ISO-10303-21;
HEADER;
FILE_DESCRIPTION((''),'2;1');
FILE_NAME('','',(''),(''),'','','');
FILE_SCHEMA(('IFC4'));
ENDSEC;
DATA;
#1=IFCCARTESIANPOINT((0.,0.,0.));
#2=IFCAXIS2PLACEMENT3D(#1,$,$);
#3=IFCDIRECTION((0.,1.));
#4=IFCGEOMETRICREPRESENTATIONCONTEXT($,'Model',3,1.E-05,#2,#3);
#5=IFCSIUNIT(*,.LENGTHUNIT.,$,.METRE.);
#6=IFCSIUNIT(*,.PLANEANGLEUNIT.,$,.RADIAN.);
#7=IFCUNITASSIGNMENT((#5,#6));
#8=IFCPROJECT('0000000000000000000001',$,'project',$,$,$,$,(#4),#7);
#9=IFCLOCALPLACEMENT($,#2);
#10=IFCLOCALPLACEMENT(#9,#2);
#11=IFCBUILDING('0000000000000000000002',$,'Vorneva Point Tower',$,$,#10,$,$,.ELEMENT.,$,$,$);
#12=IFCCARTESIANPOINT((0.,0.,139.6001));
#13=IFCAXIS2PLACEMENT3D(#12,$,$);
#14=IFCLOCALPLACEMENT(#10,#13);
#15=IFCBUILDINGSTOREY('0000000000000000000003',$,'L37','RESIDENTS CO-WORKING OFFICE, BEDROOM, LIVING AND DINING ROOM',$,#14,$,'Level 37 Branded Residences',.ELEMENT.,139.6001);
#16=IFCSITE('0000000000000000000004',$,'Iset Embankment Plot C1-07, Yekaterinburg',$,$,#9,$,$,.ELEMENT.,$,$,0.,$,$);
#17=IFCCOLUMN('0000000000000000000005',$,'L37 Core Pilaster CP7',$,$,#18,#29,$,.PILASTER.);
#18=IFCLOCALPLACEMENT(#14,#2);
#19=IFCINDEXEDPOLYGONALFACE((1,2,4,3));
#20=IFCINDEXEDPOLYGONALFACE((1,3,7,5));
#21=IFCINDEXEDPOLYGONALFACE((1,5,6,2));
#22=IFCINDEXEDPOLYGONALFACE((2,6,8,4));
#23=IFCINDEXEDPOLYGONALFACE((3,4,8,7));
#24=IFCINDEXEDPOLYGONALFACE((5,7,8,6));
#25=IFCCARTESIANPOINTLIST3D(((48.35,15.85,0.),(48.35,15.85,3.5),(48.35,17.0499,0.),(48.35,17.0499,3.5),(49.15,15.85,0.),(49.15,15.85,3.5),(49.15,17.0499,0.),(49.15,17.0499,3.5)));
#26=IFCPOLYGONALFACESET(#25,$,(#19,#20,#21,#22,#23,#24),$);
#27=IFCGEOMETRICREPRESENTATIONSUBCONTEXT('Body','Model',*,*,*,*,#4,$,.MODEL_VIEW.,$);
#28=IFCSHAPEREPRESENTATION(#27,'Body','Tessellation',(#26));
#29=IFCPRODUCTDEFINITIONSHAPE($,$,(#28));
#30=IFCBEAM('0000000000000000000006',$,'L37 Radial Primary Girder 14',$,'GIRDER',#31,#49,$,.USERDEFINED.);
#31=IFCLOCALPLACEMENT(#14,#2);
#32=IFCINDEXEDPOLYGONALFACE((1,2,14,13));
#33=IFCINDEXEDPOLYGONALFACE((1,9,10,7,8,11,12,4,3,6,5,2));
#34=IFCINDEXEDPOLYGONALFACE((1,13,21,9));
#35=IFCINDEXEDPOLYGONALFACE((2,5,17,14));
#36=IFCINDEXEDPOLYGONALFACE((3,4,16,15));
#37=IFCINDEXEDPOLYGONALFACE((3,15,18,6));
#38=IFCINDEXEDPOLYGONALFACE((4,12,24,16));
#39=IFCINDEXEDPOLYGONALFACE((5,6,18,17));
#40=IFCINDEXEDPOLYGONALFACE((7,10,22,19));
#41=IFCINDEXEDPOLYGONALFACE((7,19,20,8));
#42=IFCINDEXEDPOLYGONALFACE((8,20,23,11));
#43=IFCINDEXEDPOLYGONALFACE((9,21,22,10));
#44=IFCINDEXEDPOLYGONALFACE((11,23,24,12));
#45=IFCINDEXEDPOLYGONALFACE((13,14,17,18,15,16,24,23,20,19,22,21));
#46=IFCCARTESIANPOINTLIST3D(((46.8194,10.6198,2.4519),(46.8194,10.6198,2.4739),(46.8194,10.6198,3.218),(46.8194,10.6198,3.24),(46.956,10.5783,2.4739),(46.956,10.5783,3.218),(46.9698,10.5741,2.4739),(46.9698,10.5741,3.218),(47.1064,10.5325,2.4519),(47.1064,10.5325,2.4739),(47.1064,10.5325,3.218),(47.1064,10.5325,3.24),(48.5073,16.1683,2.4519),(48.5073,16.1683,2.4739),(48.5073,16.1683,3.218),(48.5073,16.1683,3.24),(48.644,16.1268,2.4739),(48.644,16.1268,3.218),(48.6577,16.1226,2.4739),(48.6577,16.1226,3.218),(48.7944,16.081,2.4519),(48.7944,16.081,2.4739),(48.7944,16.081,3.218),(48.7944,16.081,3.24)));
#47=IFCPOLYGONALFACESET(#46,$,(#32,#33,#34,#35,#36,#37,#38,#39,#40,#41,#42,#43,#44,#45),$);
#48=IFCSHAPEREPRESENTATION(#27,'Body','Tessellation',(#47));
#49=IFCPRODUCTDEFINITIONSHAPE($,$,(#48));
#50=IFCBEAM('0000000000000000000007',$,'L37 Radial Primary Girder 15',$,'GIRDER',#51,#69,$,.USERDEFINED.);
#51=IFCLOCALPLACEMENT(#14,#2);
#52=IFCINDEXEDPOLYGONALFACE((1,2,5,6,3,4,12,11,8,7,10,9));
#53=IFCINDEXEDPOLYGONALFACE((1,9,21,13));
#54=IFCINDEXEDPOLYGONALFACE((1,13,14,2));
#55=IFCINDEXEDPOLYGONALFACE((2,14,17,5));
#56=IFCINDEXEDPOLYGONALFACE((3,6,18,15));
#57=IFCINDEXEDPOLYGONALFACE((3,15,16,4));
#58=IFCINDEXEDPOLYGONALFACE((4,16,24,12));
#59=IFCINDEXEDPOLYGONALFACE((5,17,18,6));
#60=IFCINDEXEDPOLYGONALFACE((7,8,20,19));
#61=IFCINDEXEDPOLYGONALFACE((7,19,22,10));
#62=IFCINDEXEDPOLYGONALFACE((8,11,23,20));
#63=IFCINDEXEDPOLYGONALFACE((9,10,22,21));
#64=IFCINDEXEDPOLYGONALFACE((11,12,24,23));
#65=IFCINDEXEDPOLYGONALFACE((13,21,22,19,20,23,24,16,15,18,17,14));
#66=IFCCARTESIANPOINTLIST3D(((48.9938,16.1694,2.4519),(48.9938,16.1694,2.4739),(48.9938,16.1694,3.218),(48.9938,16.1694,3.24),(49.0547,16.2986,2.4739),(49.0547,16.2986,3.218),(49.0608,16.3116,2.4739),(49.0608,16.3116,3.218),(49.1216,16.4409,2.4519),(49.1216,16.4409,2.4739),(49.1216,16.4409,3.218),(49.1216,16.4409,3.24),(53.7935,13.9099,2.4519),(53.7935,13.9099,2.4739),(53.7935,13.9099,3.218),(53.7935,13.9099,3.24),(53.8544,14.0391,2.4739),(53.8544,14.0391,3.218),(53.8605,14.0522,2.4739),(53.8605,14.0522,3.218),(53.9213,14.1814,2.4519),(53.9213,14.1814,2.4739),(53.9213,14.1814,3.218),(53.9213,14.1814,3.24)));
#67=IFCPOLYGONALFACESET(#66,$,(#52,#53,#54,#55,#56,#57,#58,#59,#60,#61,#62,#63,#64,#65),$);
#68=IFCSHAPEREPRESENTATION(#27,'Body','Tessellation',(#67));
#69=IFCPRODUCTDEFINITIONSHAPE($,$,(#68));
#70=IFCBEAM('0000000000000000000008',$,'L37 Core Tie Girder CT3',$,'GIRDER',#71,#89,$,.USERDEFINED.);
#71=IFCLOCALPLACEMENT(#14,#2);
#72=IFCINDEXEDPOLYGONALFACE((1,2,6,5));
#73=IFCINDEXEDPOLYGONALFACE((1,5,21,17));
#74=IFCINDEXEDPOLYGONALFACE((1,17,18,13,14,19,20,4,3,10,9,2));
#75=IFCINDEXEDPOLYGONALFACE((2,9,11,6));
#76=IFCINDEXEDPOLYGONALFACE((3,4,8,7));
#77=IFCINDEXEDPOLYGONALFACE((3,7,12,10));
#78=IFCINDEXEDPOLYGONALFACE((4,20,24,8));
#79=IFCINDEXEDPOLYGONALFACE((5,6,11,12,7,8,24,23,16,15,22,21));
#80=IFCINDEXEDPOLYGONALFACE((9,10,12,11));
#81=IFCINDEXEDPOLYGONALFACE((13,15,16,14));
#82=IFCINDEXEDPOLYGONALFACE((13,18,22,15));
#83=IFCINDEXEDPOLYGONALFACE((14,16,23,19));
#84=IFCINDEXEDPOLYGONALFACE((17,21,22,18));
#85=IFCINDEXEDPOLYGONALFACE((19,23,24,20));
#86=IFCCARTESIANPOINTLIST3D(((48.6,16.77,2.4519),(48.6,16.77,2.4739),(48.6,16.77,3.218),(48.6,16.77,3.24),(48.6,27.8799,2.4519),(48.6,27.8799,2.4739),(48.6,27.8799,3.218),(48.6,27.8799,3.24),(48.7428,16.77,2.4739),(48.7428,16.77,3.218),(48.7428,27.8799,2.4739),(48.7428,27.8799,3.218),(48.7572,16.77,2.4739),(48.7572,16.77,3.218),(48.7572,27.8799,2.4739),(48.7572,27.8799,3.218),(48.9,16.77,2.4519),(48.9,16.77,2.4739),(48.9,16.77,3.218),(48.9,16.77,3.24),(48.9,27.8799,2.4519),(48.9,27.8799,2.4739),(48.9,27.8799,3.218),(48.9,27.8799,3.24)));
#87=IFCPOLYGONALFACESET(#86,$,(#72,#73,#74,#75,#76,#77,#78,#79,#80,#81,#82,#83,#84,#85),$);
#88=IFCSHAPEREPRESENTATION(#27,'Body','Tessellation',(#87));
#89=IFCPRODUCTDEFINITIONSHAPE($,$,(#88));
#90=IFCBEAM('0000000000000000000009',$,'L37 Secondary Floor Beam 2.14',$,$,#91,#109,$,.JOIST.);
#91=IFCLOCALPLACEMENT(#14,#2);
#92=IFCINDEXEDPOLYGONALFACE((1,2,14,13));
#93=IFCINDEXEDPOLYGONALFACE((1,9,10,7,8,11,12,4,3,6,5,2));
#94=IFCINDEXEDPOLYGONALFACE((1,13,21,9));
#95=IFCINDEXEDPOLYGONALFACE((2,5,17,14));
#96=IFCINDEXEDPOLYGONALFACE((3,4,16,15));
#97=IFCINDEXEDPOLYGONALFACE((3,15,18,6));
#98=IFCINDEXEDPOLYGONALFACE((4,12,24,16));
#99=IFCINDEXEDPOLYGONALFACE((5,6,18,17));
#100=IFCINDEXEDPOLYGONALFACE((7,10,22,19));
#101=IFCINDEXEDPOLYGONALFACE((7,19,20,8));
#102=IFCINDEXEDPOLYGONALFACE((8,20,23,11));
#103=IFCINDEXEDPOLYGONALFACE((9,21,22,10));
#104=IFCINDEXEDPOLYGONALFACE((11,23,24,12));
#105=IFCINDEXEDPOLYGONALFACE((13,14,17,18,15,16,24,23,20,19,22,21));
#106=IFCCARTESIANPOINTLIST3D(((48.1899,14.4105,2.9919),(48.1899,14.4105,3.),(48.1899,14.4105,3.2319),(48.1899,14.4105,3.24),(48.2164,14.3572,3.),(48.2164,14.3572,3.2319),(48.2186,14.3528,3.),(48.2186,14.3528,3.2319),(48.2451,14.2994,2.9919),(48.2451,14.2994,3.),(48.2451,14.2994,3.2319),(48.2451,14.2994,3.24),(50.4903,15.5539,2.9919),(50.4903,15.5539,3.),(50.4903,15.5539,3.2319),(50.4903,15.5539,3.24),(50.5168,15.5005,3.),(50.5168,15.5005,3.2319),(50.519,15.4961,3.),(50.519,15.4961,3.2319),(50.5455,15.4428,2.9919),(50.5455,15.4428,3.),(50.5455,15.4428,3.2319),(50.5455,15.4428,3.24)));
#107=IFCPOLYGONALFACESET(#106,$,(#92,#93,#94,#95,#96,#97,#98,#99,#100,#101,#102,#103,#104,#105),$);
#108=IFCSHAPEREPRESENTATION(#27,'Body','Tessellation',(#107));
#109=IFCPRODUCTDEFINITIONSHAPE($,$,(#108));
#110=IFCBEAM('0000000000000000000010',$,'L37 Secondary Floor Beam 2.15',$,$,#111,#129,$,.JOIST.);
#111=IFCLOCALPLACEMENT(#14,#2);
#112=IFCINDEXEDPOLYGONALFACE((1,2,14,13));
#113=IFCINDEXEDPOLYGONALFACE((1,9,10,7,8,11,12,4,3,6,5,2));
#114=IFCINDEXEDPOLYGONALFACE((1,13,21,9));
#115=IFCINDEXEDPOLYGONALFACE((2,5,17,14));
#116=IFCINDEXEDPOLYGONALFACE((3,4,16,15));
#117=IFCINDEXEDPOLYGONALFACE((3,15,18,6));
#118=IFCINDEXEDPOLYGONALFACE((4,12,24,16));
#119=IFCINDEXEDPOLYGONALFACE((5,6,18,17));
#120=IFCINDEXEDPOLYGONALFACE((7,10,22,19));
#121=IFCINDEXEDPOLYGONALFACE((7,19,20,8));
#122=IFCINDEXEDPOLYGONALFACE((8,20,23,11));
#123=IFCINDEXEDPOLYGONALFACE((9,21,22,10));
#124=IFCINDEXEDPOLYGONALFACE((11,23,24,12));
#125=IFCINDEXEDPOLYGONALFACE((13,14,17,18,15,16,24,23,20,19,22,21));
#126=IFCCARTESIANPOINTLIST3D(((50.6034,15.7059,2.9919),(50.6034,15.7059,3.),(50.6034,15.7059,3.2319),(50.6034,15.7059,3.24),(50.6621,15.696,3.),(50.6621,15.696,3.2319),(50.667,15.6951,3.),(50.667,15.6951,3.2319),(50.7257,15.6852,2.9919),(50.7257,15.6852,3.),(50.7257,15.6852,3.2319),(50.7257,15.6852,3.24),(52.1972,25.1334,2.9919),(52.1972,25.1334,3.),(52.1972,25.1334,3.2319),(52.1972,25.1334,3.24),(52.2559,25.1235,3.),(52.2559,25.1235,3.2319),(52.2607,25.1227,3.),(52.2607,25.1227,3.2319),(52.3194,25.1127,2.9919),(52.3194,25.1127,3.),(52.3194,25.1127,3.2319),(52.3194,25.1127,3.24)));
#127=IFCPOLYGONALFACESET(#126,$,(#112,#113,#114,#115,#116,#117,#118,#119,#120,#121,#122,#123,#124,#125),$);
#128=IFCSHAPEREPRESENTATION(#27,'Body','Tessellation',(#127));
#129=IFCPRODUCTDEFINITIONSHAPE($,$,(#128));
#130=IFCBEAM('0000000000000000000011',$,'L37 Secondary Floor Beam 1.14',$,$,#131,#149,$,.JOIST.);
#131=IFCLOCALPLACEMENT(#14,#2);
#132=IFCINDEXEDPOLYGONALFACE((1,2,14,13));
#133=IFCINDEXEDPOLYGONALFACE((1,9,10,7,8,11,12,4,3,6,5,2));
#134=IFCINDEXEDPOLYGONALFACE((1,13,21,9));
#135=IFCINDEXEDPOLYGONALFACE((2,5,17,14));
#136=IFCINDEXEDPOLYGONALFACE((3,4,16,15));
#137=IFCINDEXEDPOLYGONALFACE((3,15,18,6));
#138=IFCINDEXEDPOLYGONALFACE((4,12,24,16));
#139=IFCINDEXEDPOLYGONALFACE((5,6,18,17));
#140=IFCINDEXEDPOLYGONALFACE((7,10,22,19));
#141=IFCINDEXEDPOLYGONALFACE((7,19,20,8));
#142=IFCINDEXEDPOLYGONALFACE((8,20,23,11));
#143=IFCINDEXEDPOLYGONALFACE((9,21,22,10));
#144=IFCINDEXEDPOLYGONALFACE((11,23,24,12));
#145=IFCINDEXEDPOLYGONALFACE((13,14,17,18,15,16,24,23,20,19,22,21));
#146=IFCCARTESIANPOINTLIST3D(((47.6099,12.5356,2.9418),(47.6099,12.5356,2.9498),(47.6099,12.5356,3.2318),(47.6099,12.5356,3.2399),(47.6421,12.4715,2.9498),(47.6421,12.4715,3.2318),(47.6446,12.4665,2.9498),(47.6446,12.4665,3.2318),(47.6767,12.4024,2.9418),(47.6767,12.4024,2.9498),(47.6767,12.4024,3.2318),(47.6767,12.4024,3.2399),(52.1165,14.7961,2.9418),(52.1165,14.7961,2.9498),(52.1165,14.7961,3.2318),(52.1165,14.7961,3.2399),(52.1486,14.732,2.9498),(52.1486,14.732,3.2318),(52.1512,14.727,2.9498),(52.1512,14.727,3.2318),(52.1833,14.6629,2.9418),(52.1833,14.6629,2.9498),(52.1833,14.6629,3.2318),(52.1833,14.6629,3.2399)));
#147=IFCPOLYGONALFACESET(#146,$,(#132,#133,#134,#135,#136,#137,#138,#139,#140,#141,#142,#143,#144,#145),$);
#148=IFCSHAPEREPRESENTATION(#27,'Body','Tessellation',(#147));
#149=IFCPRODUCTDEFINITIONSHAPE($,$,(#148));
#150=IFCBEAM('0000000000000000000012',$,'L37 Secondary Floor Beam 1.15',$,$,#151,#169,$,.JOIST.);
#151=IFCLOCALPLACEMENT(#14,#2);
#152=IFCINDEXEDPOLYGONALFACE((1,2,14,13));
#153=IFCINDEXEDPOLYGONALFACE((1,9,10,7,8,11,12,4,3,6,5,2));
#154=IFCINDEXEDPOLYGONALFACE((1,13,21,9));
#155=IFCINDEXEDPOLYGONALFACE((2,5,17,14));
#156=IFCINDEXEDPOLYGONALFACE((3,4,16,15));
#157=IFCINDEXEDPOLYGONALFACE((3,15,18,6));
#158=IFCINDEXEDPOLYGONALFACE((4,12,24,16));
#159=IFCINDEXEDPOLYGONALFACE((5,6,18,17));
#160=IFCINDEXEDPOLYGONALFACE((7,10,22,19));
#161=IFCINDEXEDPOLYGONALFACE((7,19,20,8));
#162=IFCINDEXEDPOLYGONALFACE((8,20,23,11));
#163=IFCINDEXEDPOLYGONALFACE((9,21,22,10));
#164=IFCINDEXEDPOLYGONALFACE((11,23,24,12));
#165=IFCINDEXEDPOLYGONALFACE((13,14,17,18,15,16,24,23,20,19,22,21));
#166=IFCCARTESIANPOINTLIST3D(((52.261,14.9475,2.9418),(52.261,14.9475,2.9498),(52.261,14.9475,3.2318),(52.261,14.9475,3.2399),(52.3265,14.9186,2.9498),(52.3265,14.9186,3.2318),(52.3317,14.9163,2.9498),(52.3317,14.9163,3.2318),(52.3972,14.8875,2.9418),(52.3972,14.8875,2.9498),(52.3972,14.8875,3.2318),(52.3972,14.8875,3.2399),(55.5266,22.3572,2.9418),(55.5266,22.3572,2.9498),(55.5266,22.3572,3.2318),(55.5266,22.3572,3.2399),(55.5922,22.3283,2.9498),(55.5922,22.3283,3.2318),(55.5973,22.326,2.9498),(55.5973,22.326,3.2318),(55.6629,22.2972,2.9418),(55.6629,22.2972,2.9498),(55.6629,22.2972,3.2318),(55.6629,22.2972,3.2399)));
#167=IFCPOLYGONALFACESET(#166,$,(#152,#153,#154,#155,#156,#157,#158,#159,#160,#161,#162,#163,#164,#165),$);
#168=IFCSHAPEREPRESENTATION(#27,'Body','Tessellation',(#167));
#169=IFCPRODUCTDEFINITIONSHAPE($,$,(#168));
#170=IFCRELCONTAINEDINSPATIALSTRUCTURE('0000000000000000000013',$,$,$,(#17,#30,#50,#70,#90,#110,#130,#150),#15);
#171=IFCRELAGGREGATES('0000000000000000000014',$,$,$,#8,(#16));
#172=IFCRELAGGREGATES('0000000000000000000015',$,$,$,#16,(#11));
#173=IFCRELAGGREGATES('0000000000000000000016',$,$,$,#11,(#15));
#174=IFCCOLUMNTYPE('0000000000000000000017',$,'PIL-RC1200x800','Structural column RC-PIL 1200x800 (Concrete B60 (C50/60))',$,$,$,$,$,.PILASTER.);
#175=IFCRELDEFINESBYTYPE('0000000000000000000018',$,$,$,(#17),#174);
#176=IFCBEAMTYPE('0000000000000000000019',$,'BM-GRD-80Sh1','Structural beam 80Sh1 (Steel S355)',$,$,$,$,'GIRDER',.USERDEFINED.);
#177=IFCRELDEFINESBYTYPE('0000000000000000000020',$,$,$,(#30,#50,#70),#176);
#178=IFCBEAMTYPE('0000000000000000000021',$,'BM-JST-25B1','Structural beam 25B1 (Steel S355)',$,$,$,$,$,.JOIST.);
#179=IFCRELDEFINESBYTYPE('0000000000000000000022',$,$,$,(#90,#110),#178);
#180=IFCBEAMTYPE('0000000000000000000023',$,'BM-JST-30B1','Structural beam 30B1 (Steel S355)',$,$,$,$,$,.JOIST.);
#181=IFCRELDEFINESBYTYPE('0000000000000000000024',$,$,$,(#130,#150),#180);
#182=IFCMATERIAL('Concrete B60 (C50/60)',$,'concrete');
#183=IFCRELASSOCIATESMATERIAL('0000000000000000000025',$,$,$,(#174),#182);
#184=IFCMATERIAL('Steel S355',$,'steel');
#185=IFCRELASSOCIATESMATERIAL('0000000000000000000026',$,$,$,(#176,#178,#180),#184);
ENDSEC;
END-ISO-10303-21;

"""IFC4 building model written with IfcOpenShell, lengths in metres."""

from ifc_helpers import new_model, si_unit, direction, frame, origin, origin_2d, place, context, subcontext, project, spatial, rectangle, i_section, extrude, material, material_profile, profile_set, type_object, element, save


model = new_model("IFC4")

# Units and contexts
model_context = context("Model", 3, precision=1e-05, world=origin(), true_north=direction((0.0, 1.0)))
body_context = subcontext(model_context, "Body", "Model", "MODEL_VIEW")
ifc_project = project(units=[si_unit("LENGTHUNIT", "METRE"), si_unit("PLANEANGLEUNIT", "RADIAN")], contexts=[model_context])

# Site, building, storey
site_placement = place(None, origin())
site = spatial("IfcSite", under=ifc_project, at=site_placement, Name="Iset Embankment Plot C1-07, Yekaterinburg", CompositionType="ELEMENT", RefElevation=0.0)
building_placement = place(site_placement, origin())
building = spatial("IfcBuilding", under=site, at=building_placement, Name="Vorneva Point Tower", CompositionType="ELEMENT")
storey_placement = place(building_placement, frame((0.0, 0.0, 139.6001)))
storey = spatial("IfcBuildingStorey", under=building, at=storey_placement, Name="L37", Description="RESIDENTS CO-WORKING OFFICE, BEDROOM, LIVING AND DINING ROOM", LongName="Level 37 Branded Residences", CompositionType="ELEMENT", Elevation=139.6001)

# Column
ifc_material_1 = material(Name="Concrete B60 (C50/60)", Category="concrete")
ifc_material_profile_1 = material_profile(ifc_material_1, rectangle(XDim=0.8, YDim=1.2, at=origin_2d()), Name="RC-PIL 1200x800")
ifc_profile_set_1 = profile_set([ifc_material_profile_1], Name="Concrete B60 (C50/60)")
column_type_1 = type_object("IfcColumnType", Name="PIL-RC1200x800", Description="Structural column RC-PIL 1200x800 (Concrete B60 (C50/60))", PredefinedType="PILASTER", material=ifc_profile_set_1)
column_placement = place(storey_placement, frame((48.75, 16.45, 0.0), z_axis=(0.0, 0.0, 1.0), x_axis=(1.0, 0.0, 0.0)))
element("IfcColumn", 1, at=column_placement, inside=storey, type_object=column_type_1, Name="L37 Core Pilaster CP7", PredefinedType="PILASTER", context=body_context, shape_type="SweptSolid", body=[
    extrude(rectangle(XDim=0.8, YDim=1.2, at=origin_2d()), origin(), (0.0, 0.0, 1.0), 3.5),
])

# Beams
ifc_material_2 = material(Name="Steel S355", Category="steel")
ifc_material_profile_2 = material_profile(ifc_material_2, i_section(OverallWidth=0.3, OverallDepth=0.7881, WebThickness=0.0144, FlangeThickness=0.022, at=origin_2d()), Name="80Sh1")
ifc_profile_set_2 = profile_set([ifc_material_profile_2], Name="Steel S355")
beam_type_1 = type_object("IfcBeamType", Name="BM-GRD-80Sh1", Description="Structural beam 80Sh1 (Steel S355)", ElementType="GIRDER", PredefinedType="USERDEFINED", material=ifc_profile_set_2)
beam_1_placement = place(storey_placement, frame((46.9629, 10.5762, 2.8459), z_axis=(0.291049, 0.956708, 0.0), x_axis=(-0.956708, 0.291049, 0.0)))
element("IfcBeam", 2, at=beam_1_placement, inside=storey, type_object=beam_type_1, Name="L37 Radial Primary Girder 14", ObjectType="GIRDER", PredefinedType="USERDEFINED", context=body_context, shape_type="SweptSolid", body=[
    extrude(i_section(OverallWidth=0.3, OverallDepth=0.7881, WebThickness=0.0144, FlangeThickness=0.022, at=origin_2d()), origin(), (0.0, 0.0, 1.0), 5.7996),
])
beam_2_placement = place(storey_placement, frame((53.8574, 14.0457, 2.8459), z_axis=(-0.904761, 0.425919, 0.0), x_axis=(-0.425919, -0.904761, 0.0)))
element("IfcBeam", 3, at=beam_2_placement, inside=storey, type_object=beam_type_1, Name="L37 Radial Primary Girder 15", ObjectType="GIRDER", PredefinedType="USERDEFINED", context=body_context, shape_type="SweptSolid", body=[
    extrude(i_section(OverallWidth=0.3, OverallDepth=0.7881, WebThickness=0.0144, FlangeThickness=0.022, at=origin_2d()), origin(), (0.0, 0.0, 1.0), 5.3049),
])
beam_3_placement = place(storey_placement, frame((48.75, 16.77, 2.8459), z_axis=(0.0, 1.0, 0.0), x_axis=(-1.0, 0.0, 0.0)))
element("IfcBeam", 4, at=beam_3_placement, inside=storey, type_object=beam_type_1, Name="L37 Core Tie Girder CT3", ObjectType="GIRDER", PredefinedType="USERDEFINED", context=body_context, shape_type="SweptSolid", body=[
    extrude(i_section(OverallWidth=0.3, OverallDepth=0.7881, WebThickness=0.0144, FlangeThickness=0.022, at=origin_2d()), origin(), (0.0, 0.0, 1.0), 11.1099),
])
ifc_material_profile_3 = material_profile(ifc_material_2, i_section(OverallWidth=0.124, OverallDepth=0.248, WebThickness=0.0049, FlangeThickness=0.0081, at=origin_2d()), Name="25B1")
ifc_profile_set_3 = profile_set([ifc_material_profile_3], Name="Steel S355")
beam_type_2 = type_object("IfcBeamType", Name="BM-JST-25B1", Description="Structural beam 25B1 (Steel S355)", PredefinedType="JOIST", material=ifc_profile_set_3)
beam_4_placement = place(storey_placement, frame((48.2175, 14.355, 3.116), z_axis=(0.895489, 0.445083, 0.0), x_axis=(-0.445083, 0.895489, 0.0)))
element("IfcBeam", 5, at=beam_4_placement, inside=storey, type_object=beam_type_2, Name="L37 Secondary Floor Beam 2.14", PredefinedType="JOIST", context=body_context, shape_type="SweptSolid", body=[
    extrude(i_section(OverallWidth=0.124, OverallDepth=0.248, WebThickness=0.0049, FlangeThickness=0.0081, at=origin_2d()), origin(), (0.0, 0.0, 1.0), 2.5688),
])
beam_5_placement = place(storey_placement, frame((50.6646, 15.6956, 3.116), z_axis=(0.166688, 0.98601, 0.0), x_axis=(-0.98601, 0.166688, 0.0)))
element("IfcBeam", 6, at=beam_5_placement, inside=storey, type_object=beam_type_2, Name="L37 Secondary Floor Beam 2.15", PredefinedType="JOIST", context=body_context, shape_type="SweptSolid", body=[
    extrude(i_section(OverallWidth=0.124, OverallDepth=0.248, WebThickness=0.0049, FlangeThickness=0.0081, at=origin_2d()), origin(), (0.0, 0.0, 1.0), 9.5613),
])
ifc_material_profile_4 = material_profile(ifc_material_2, i_section(OverallWidth=0.1489, OverallDepth=0.2981, WebThickness=0.0056, FlangeThickness=0.0081, at=origin_2d()), Name="30B1")
ifc_profile_set_4 = profile_set([ifc_material_profile_4], Name="Steel S355")
beam_type_3 = type_object("IfcBeamType", Name="BM-JST-30B1", Description="Structural beam 30B1 (Steel S355)", PredefinedType="JOIST", material=ifc_profile_set_4)
beam_6_placement = place(storey_placement, frame((47.6433, 12.469, 3.0908), z_axis=(0.893855, 0.448356, 0.0), x_axis=(-0.448356, 0.893855, 0.0)))
element("IfcBeam", 7, at=beam_6_placement, inside=storey, type_object=beam_type_3, Name="L37 Secondary Floor Beam 1.14", PredefinedType="JOIST", context=body_context, shape_type="SweptSolid", body=[
    extrude(i_section(OverallWidth=0.1489, OverallDepth=0.2981, WebThickness=0.0056, FlangeThickness=0.0081, at=origin_2d()), origin(), (0.0, 0.0, 1.0), 5.0417),
])
beam_7_placement = place(storey_placement, frame((52.3291, 14.9175, 3.0908), z_axis=(0.403294, 0.91507, 0.0), x_axis=(-0.91507, 0.403294, 0.0)))
element("IfcBeam", 8, at=beam_7_placement, inside=storey, type_object=beam_type_3, Name="L37 Secondary Floor Beam 1.15", PredefinedType="JOIST", context=body_context, shape_type="SweptSolid", body=[
    extrude(i_section(OverallWidth=0.1489, OverallDepth=0.2981, WebThickness=0.0056, FlangeThickness=0.0081, at=origin_2d()), origin(), (0.0, 0.0, 1.0), 8.0974),
])

save(model, "model.ifc")
